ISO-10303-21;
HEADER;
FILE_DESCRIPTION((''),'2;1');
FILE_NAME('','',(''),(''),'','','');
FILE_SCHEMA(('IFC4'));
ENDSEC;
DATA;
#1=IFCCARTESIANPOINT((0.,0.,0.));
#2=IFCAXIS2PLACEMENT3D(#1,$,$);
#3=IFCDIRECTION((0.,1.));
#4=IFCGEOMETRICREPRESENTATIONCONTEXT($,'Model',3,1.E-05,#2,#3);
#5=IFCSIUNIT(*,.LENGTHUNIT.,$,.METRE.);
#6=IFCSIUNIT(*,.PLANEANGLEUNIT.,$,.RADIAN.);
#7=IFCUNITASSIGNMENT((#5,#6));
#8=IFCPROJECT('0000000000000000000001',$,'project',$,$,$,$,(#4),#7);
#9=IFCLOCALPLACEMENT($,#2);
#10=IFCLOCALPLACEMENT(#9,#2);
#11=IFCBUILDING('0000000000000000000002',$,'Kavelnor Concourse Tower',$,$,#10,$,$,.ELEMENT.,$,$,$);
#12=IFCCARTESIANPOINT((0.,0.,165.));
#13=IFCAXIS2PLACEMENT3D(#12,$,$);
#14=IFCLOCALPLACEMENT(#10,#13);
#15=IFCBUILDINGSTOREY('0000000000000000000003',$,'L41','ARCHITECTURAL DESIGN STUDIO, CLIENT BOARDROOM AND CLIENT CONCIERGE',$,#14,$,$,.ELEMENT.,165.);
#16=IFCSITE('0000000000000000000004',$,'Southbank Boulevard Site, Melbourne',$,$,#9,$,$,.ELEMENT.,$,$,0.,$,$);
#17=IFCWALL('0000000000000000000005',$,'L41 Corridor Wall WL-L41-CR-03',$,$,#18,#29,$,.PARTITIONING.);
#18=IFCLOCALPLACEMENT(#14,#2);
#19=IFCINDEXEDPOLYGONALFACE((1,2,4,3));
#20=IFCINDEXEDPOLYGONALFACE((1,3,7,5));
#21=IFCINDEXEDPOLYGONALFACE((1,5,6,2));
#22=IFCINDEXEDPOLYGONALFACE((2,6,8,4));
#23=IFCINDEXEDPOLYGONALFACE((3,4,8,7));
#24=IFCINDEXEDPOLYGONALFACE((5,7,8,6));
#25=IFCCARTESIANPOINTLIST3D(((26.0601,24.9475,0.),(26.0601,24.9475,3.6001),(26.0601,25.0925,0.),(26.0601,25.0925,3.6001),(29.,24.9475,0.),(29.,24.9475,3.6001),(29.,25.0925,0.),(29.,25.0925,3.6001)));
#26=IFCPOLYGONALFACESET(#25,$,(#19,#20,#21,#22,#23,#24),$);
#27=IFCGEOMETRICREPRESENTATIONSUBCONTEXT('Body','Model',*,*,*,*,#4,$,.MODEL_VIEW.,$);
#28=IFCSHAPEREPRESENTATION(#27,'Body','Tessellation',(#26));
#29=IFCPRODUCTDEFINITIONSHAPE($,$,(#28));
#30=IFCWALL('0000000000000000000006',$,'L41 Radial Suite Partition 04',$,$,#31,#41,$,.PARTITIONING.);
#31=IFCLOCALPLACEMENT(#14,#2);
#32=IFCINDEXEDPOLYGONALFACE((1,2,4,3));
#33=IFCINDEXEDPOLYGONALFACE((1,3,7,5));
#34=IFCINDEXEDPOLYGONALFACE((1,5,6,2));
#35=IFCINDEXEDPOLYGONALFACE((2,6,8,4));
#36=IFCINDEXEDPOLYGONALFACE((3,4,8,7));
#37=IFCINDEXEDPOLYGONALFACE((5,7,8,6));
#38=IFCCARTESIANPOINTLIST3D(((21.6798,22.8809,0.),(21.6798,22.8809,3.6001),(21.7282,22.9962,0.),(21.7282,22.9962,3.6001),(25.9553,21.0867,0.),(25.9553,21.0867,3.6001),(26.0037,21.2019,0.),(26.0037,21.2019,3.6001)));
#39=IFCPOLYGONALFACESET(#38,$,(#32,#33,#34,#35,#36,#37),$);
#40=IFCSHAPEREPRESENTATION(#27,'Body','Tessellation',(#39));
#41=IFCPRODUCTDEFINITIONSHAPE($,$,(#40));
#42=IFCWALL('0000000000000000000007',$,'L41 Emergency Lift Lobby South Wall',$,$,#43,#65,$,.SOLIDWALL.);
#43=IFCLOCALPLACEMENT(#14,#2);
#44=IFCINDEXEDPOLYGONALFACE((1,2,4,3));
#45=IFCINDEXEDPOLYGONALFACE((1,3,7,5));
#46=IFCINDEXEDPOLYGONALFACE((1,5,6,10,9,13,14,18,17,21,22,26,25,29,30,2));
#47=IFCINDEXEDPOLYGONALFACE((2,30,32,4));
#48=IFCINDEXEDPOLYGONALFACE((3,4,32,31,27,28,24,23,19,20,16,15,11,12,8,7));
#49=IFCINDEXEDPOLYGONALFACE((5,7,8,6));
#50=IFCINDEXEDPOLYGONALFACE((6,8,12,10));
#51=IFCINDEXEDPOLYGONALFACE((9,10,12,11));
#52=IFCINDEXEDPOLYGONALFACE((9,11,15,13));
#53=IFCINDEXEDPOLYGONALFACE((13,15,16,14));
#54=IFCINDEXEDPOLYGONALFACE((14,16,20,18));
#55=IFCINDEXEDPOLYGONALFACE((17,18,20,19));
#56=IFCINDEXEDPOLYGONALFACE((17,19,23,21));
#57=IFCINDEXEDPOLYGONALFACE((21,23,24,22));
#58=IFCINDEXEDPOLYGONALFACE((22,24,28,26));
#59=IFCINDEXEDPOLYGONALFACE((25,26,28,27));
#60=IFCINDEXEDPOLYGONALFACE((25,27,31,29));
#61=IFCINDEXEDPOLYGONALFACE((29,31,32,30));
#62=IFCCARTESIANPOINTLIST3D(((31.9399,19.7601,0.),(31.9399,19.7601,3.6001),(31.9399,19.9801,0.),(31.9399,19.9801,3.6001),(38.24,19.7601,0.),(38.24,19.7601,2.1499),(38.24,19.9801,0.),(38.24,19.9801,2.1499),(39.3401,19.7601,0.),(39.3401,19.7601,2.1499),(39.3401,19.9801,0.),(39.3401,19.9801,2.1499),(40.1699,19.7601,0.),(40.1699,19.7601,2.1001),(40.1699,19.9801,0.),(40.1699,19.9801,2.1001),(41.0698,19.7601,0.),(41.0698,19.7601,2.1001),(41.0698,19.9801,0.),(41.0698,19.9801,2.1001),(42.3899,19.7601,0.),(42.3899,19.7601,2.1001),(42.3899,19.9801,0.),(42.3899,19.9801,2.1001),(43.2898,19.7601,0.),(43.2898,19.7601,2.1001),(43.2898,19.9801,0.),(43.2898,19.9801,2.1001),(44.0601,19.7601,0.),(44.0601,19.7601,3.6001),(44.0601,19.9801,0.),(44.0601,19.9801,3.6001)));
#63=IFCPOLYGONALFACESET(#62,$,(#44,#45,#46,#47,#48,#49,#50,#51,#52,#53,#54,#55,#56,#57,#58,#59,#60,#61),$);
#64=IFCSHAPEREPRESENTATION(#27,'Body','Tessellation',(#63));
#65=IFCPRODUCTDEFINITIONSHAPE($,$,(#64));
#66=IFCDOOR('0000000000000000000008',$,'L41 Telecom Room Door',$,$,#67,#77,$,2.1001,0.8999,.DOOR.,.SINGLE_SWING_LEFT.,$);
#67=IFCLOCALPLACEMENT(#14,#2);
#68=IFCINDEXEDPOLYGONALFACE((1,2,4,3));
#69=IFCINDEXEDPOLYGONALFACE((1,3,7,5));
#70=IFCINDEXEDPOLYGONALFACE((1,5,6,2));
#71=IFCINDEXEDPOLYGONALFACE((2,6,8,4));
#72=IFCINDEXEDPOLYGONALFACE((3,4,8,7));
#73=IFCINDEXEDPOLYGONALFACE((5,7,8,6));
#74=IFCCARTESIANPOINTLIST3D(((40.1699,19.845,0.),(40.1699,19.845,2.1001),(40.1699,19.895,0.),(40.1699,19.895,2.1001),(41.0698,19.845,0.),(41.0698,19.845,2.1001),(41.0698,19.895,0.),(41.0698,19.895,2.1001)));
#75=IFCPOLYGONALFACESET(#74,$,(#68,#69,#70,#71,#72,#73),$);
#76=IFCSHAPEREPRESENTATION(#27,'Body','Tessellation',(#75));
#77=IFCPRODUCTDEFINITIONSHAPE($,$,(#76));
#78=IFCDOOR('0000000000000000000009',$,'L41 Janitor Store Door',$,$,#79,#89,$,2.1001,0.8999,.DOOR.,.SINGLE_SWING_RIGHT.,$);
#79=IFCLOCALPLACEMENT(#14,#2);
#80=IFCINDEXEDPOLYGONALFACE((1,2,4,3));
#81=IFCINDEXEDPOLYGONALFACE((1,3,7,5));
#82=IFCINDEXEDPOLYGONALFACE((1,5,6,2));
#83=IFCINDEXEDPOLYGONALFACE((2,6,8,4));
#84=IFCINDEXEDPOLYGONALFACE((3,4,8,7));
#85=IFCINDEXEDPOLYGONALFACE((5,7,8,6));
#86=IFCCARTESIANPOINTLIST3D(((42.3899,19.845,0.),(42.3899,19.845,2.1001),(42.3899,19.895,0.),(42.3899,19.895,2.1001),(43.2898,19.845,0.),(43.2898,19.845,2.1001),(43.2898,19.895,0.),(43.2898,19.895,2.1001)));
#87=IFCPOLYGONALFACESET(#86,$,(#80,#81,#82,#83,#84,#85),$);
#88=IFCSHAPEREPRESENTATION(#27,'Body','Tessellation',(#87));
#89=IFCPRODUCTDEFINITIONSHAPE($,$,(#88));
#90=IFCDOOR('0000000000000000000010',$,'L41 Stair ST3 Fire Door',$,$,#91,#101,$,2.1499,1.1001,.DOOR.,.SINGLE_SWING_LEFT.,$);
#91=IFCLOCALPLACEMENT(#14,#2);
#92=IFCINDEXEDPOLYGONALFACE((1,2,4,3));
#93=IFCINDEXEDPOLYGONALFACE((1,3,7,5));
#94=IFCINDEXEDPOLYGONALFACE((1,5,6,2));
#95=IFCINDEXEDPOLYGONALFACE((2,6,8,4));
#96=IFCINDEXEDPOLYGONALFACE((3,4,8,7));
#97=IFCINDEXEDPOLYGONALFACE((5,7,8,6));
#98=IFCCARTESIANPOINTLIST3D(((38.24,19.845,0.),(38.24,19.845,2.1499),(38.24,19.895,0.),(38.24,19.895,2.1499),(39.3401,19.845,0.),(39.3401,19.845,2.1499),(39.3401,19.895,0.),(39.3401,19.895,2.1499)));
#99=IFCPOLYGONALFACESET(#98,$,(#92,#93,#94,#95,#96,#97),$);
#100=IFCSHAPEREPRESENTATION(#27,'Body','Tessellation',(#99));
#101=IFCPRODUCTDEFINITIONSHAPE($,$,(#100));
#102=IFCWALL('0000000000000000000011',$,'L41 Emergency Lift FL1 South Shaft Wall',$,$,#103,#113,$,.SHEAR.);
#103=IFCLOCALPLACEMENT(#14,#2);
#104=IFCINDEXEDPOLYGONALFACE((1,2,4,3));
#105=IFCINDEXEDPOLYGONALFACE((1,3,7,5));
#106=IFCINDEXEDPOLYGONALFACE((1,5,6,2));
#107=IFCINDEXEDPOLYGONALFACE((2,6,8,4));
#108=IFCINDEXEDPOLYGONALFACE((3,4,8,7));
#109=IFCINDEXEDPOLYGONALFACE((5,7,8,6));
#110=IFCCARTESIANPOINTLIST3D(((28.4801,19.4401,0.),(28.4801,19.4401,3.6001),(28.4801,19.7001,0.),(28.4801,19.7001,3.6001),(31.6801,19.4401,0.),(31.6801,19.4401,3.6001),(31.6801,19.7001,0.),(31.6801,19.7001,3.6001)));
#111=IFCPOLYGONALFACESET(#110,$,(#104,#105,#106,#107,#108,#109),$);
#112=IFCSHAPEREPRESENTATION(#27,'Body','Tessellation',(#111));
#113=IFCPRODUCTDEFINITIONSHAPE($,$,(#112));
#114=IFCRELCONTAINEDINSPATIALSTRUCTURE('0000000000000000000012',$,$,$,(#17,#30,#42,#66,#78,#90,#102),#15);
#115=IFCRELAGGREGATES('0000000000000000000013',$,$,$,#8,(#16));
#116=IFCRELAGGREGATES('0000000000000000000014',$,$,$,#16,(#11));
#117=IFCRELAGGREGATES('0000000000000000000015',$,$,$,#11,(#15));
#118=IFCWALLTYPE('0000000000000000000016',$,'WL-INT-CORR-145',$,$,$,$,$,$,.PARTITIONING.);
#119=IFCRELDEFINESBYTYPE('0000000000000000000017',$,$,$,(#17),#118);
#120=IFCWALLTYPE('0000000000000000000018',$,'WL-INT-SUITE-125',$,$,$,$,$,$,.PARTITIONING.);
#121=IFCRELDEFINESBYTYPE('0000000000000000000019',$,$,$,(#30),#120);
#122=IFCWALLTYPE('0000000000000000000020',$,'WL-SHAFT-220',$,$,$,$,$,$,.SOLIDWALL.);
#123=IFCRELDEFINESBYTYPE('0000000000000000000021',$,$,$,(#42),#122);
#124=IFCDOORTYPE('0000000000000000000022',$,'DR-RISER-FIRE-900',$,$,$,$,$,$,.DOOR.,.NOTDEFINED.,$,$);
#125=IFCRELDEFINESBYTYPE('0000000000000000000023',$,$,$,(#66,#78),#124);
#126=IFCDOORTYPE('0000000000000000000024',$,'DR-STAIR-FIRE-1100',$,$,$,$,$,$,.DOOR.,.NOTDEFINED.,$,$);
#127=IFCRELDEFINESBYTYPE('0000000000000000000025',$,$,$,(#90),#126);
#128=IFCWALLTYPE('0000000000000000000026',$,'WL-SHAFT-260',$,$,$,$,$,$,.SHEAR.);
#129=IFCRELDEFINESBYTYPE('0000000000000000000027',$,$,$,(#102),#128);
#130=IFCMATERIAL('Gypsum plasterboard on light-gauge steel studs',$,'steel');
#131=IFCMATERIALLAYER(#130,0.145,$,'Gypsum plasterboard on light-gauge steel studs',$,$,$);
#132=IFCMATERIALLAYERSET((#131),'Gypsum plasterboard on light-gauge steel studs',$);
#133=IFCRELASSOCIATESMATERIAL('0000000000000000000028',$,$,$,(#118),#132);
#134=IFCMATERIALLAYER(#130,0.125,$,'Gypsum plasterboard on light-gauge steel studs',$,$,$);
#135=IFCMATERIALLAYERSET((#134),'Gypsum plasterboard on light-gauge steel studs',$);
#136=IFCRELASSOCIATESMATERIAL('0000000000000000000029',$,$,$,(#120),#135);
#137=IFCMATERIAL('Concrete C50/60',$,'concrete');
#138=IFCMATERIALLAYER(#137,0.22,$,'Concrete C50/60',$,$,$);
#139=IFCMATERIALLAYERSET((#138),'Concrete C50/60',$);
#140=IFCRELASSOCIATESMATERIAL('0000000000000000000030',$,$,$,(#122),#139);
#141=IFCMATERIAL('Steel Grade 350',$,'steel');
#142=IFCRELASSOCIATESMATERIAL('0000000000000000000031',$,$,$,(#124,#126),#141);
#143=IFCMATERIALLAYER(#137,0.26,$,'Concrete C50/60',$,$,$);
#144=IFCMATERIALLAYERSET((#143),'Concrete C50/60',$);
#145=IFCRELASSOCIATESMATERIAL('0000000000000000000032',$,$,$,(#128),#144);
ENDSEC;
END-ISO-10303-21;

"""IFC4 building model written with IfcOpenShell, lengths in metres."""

from ifc_helpers import new_model, si_unit, direction, frame, frame_2d, origin, place, context, subcontext, project, spatial, rectangle, extrude, material, layer, layer_set, type_object, element, fill, save


model = new_model("IFC4")

# Units and contexts
model_context = context("Model", 3, precision=1e-05, world=origin(), true_north=direction((0.0, 1.0)))
body_context = subcontext(model_context, "Body", "Model", "MODEL_VIEW")
ifc_project = project(units=[si_unit("LENGTHUNIT", "METRE"), si_unit("PLANEANGLEUNIT", "RADIAN")], contexts=[model_context])

# Site, building, storey
site_placement = place(None, origin())
site = spatial("IfcSite", under=ifc_project, at=site_placement, Name="Southbank Boulevard Site, Melbourne", CompositionType="ELEMENT", RefElevation=0.0)
building_placement = place(site_placement, origin())
building = spatial("IfcBuilding", under=site, at=building_placement, Name="Kavelnor Concourse Tower", CompositionType="ELEMENT")
storey_placement = place(building_placement, frame((0.0, 0.0, 165.0)))
storey = spatial("IfcBuildingStorey", under=building, at=storey_placement, Name="L41", Description="ARCHITECTURAL DESIGN STUDIO, CLIENT BOARDROOM AND CLIENT CONCIERGE", CompositionType="ELEMENT", Elevation=165.0)

# Shared definitions
ifc_material_1 = material(Name="Steel Grade 350", Category="steel")

# Shared definitions
ifc_material_2 = material(Name="Concrete C50/60", Category="concrete")

# Walls
ifc_material_3 = material(Name="Gypsum plasterboard on light-gauge steel studs", Category="steel")
ifc_layer_1 = layer(ifc_material_3, 0.145, Name="Gypsum plasterboard on light-gauge steel studs")
ifc_layer_set_1 = layer_set([ifc_layer_1], Name="Gypsum plasterboard on light-gauge steel studs")
wall_type_1 = type_object("IfcWallType", Name="WL-INT-CORR-145", PredefinedType="PARTITIONING", material=ifc_layer_set_1)
wall_1_placement = place(storey_placement, frame((26.0601, 25.02, 0.0), z_axis=(0.0, 0.0, 1.0), x_axis=(1.0, 0.0, 0.0)))
element("IfcWall", 1, at=wall_1_placement, inside=storey, type_object=wall_type_1, Name="L41 Corridor Wall WL-L41-CR-03", PredefinedType="PARTITIONING", context=body_context, shape_type="SweptSolid", body=[
    extrude(rectangle(XDim=2.9399, YDim=0.145, at=frame_2d((1.47, 0.0))), origin(), (0.0, 0.0, 1.0), 3.6001),
])
ifc_layer_2 = layer(ifc_material_3, 0.125, Name="Gypsum plasterboard on light-gauge steel studs")
ifc_layer_set_2 = layer_set([ifc_layer_2], Name="Gypsum plasterboard on light-gauge steel studs")
wall_type_2 = type_object("IfcWallType", Name="WL-INT-SUITE-125", PredefinedType="PARTITIONING", material=ifc_layer_set_2)
wall_2_placement = place(storey_placement, frame((25.9795, 21.1443, 0.0), z_axis=(0.0, 0.0, 1.0), x_axis=(-0.922096, 0.386962, 0.0)))
element("IfcWall", 2, at=wall_2_placement, inside=storey, type_object=wall_type_2, Name="L41 Radial Suite Partition 04", PredefinedType="PARTITIONING", context=body_context, shape_type="SweptSolid", body=[
    extrude(rectangle(XDim=4.6367, YDim=0.125, at=frame_2d((2.3184, 0.0))), origin(), (0.0, 0.0, 1.0), 3.6001),
])

# Wall, openings, doors
ifc_layer_3 = layer(ifc_material_2, 0.22, Name="Concrete C50/60")
ifc_layer_set_3 = layer_set([ifc_layer_3], Name="Concrete C50/60")
wall_type_3 = type_object("IfcWallType", Name="WL-SHAFT-220", PredefinedType="SOLIDWALL", material=ifc_layer_set_3)
wall_3_placement = place(storey_placement, frame((31.9399, 19.8701, 0.0), z_axis=(0.0, 0.0, 1.0), x_axis=(1.0, 0.0, 0.0)))
wall_3 = element("IfcWall", 3, at=wall_3_placement, inside=storey, type_object=wall_type_3, Name="L41 Emergency Lift Lobby South Wall", PredefinedType="SOLIDWALL", context=body_context, shape_type="SweptSolid", body=[
    extrude(rectangle(XDim=12.1201, YDim=0.22, at=frame_2d((6.0601, 0.0))), origin(), (0.0, 0.0, 1.0), 3.6001),
])
opening_1_placement = place(wall_3_placement, frame((6.3, 0.0, 0.0)))
opening_1 = element("IfcOpeningElement", 4, at=opening_1_placement, cuts=wall_3, PredefinedType="OPENING", context=body_context, shape_type="SweptSolid", body=[
    extrude(rectangle(XDim=1.1001, YDim=2.1499, at=frame_2d((0.55, 1.075))), frame((0.0, 0.1201, 0.0), z_axis=(0.0, -1.0, 0.0), x_axis=(1.0, 0.0, 0.0)), (0.0, 0.0, 1.0), 0.24),
])
opening_2_placement = place(wall_3_placement, frame((8.23, 0.0, 0.0)))
opening_2 = element("IfcOpeningElement", 5, at=opening_2_placement, cuts=wall_3, PredefinedType="OPENING", context=body_context, shape_type="SweptSolid", body=[
    extrude(rectangle(XDim=0.8999, YDim=2.1001, at=frame_2d((0.45, 1.05))), frame((0.0, 0.1201, 0.0), z_axis=(0.0, -1.0, 0.0), x_axis=(1.0, 0.0, 0.0)), (0.0, 0.0, 1.0), 0.24),
])
opening_3_placement = place(wall_3_placement, frame((10.45, 0.0, 0.0)))
opening_3 = element("IfcOpeningElement", 6, at=opening_3_placement, cuts=wall_3, PredefinedType="OPENING", context=body_context, shape_type="SweptSolid", body=[
    extrude(rectangle(XDim=0.8999, YDim=2.1001, at=frame_2d((0.45, 1.05))), frame((0.0, 0.1201, 0.0), z_axis=(0.0, -1.0, 0.0), x_axis=(1.0, 0.0, 0.0)), (0.0, 0.0, 1.0), 0.24),
])
door_type_1 = type_object("IfcDoorType", Name="DR-RISER-FIRE-900", OperationType="NOTDEFINED", PredefinedType="DOOR", material=ifc_material_1)
door_1_placement = place(opening_2_placement, origin())
door_1 = element("IfcDoor", 7, at=door_1_placement, inside=storey, type_object=door_type_1, Name="L41 Telecom Room Door", OperationType="SINGLE_SWING_LEFT", OverallHeight=2.1001, OverallWidth=0.8999, PredefinedType="DOOR", context=body_context, shape_type="SweptSolid", body=[
    extrude(rectangle(XDim=0.8999, YDim=2.1001, at=frame_2d((0.45, 1.05))), frame((0.0, 0.0249, 0.0), z_axis=(0.0, -1.0, 0.0), x_axis=(1.0, 0.0, 0.0)), (0.0, 0.0, 1.0), 0.05),
])
fill(opening_2, door_1)
door_2_placement = place(opening_3_placement, origin())
door_2 = element("IfcDoor", 8, at=door_2_placement, inside=storey, type_object=door_type_1, Name="L41 Janitor Store Door", OperationType="SINGLE_SWING_RIGHT", OverallHeight=2.1001, OverallWidth=0.8999, PredefinedType="DOOR", context=body_context, shape_type="SweptSolid", body=[
    extrude(rectangle(XDim=0.8999, YDim=2.1001, at=frame_2d((0.45, 1.05))), frame((0.0, 0.0249, 0.0), z_axis=(0.0, -1.0, 0.0), x_axis=(1.0, 0.0, 0.0)), (0.0, 0.0, 1.0), 0.05),
])
fill(opening_3, door_2)
door_type_2 = type_object("IfcDoorType", Name="DR-STAIR-FIRE-1100", OperationType="NOTDEFINED", PredefinedType="DOOR", material=ifc_material_1)
door_3_placement = place(opening_1_placement, origin())
door_3 = element("IfcDoor", 9, at=door_3_placement, inside=storey, type_object=door_type_2, Name="L41 Stair ST3 Fire Door", OperationType="SINGLE_SWING_LEFT", OverallHeight=2.1499, OverallWidth=1.1001, PredefinedType="DOOR", context=body_context, shape_type="SweptSolid", body=[
    extrude(rectangle(XDim=1.1001, YDim=2.1499, at=frame_2d((0.55, 1.075))), frame((0.0, 0.0249, 0.0), z_axis=(0.0, -1.0, 0.0), x_axis=(1.0, 0.0, 0.0)), (0.0, 0.0, 1.0), 0.05),
])
fill(opening_1, door_3)

# Wall
ifc_layer_4 = layer(ifc_material_2, 0.26, Name="Concrete C50/60")
ifc_layer_set_4 = layer_set([ifc_layer_4], Name="Concrete C50/60")
wall_type_4 = type_object("IfcWallType", Name="WL-SHAFT-260", PredefinedType="SHEAR", material=ifc_layer_set_4)
wall_4_placement = place(storey_placement, frame((28.48, 19.5701, 0.0), z_axis=(0.0, 0.0, 1.0), x_axis=(1.0, 0.0, 0.0)))
element("IfcWall", 10, at=wall_4_placement, inside=storey, type_object=wall_type_4, Name="L41 Emergency Lift FL1 South Shaft Wall", PredefinedType="SHEAR", context=body_context, shape_type="SweptSolid", body=[
    extrude(rectangle(XDim=3.2, YDim=0.26, at=frame_2d((1.6001, 0.0))), origin(), (0.0, 0.0, 1.0), 3.6001),
])

save(model, "model.ifc")
